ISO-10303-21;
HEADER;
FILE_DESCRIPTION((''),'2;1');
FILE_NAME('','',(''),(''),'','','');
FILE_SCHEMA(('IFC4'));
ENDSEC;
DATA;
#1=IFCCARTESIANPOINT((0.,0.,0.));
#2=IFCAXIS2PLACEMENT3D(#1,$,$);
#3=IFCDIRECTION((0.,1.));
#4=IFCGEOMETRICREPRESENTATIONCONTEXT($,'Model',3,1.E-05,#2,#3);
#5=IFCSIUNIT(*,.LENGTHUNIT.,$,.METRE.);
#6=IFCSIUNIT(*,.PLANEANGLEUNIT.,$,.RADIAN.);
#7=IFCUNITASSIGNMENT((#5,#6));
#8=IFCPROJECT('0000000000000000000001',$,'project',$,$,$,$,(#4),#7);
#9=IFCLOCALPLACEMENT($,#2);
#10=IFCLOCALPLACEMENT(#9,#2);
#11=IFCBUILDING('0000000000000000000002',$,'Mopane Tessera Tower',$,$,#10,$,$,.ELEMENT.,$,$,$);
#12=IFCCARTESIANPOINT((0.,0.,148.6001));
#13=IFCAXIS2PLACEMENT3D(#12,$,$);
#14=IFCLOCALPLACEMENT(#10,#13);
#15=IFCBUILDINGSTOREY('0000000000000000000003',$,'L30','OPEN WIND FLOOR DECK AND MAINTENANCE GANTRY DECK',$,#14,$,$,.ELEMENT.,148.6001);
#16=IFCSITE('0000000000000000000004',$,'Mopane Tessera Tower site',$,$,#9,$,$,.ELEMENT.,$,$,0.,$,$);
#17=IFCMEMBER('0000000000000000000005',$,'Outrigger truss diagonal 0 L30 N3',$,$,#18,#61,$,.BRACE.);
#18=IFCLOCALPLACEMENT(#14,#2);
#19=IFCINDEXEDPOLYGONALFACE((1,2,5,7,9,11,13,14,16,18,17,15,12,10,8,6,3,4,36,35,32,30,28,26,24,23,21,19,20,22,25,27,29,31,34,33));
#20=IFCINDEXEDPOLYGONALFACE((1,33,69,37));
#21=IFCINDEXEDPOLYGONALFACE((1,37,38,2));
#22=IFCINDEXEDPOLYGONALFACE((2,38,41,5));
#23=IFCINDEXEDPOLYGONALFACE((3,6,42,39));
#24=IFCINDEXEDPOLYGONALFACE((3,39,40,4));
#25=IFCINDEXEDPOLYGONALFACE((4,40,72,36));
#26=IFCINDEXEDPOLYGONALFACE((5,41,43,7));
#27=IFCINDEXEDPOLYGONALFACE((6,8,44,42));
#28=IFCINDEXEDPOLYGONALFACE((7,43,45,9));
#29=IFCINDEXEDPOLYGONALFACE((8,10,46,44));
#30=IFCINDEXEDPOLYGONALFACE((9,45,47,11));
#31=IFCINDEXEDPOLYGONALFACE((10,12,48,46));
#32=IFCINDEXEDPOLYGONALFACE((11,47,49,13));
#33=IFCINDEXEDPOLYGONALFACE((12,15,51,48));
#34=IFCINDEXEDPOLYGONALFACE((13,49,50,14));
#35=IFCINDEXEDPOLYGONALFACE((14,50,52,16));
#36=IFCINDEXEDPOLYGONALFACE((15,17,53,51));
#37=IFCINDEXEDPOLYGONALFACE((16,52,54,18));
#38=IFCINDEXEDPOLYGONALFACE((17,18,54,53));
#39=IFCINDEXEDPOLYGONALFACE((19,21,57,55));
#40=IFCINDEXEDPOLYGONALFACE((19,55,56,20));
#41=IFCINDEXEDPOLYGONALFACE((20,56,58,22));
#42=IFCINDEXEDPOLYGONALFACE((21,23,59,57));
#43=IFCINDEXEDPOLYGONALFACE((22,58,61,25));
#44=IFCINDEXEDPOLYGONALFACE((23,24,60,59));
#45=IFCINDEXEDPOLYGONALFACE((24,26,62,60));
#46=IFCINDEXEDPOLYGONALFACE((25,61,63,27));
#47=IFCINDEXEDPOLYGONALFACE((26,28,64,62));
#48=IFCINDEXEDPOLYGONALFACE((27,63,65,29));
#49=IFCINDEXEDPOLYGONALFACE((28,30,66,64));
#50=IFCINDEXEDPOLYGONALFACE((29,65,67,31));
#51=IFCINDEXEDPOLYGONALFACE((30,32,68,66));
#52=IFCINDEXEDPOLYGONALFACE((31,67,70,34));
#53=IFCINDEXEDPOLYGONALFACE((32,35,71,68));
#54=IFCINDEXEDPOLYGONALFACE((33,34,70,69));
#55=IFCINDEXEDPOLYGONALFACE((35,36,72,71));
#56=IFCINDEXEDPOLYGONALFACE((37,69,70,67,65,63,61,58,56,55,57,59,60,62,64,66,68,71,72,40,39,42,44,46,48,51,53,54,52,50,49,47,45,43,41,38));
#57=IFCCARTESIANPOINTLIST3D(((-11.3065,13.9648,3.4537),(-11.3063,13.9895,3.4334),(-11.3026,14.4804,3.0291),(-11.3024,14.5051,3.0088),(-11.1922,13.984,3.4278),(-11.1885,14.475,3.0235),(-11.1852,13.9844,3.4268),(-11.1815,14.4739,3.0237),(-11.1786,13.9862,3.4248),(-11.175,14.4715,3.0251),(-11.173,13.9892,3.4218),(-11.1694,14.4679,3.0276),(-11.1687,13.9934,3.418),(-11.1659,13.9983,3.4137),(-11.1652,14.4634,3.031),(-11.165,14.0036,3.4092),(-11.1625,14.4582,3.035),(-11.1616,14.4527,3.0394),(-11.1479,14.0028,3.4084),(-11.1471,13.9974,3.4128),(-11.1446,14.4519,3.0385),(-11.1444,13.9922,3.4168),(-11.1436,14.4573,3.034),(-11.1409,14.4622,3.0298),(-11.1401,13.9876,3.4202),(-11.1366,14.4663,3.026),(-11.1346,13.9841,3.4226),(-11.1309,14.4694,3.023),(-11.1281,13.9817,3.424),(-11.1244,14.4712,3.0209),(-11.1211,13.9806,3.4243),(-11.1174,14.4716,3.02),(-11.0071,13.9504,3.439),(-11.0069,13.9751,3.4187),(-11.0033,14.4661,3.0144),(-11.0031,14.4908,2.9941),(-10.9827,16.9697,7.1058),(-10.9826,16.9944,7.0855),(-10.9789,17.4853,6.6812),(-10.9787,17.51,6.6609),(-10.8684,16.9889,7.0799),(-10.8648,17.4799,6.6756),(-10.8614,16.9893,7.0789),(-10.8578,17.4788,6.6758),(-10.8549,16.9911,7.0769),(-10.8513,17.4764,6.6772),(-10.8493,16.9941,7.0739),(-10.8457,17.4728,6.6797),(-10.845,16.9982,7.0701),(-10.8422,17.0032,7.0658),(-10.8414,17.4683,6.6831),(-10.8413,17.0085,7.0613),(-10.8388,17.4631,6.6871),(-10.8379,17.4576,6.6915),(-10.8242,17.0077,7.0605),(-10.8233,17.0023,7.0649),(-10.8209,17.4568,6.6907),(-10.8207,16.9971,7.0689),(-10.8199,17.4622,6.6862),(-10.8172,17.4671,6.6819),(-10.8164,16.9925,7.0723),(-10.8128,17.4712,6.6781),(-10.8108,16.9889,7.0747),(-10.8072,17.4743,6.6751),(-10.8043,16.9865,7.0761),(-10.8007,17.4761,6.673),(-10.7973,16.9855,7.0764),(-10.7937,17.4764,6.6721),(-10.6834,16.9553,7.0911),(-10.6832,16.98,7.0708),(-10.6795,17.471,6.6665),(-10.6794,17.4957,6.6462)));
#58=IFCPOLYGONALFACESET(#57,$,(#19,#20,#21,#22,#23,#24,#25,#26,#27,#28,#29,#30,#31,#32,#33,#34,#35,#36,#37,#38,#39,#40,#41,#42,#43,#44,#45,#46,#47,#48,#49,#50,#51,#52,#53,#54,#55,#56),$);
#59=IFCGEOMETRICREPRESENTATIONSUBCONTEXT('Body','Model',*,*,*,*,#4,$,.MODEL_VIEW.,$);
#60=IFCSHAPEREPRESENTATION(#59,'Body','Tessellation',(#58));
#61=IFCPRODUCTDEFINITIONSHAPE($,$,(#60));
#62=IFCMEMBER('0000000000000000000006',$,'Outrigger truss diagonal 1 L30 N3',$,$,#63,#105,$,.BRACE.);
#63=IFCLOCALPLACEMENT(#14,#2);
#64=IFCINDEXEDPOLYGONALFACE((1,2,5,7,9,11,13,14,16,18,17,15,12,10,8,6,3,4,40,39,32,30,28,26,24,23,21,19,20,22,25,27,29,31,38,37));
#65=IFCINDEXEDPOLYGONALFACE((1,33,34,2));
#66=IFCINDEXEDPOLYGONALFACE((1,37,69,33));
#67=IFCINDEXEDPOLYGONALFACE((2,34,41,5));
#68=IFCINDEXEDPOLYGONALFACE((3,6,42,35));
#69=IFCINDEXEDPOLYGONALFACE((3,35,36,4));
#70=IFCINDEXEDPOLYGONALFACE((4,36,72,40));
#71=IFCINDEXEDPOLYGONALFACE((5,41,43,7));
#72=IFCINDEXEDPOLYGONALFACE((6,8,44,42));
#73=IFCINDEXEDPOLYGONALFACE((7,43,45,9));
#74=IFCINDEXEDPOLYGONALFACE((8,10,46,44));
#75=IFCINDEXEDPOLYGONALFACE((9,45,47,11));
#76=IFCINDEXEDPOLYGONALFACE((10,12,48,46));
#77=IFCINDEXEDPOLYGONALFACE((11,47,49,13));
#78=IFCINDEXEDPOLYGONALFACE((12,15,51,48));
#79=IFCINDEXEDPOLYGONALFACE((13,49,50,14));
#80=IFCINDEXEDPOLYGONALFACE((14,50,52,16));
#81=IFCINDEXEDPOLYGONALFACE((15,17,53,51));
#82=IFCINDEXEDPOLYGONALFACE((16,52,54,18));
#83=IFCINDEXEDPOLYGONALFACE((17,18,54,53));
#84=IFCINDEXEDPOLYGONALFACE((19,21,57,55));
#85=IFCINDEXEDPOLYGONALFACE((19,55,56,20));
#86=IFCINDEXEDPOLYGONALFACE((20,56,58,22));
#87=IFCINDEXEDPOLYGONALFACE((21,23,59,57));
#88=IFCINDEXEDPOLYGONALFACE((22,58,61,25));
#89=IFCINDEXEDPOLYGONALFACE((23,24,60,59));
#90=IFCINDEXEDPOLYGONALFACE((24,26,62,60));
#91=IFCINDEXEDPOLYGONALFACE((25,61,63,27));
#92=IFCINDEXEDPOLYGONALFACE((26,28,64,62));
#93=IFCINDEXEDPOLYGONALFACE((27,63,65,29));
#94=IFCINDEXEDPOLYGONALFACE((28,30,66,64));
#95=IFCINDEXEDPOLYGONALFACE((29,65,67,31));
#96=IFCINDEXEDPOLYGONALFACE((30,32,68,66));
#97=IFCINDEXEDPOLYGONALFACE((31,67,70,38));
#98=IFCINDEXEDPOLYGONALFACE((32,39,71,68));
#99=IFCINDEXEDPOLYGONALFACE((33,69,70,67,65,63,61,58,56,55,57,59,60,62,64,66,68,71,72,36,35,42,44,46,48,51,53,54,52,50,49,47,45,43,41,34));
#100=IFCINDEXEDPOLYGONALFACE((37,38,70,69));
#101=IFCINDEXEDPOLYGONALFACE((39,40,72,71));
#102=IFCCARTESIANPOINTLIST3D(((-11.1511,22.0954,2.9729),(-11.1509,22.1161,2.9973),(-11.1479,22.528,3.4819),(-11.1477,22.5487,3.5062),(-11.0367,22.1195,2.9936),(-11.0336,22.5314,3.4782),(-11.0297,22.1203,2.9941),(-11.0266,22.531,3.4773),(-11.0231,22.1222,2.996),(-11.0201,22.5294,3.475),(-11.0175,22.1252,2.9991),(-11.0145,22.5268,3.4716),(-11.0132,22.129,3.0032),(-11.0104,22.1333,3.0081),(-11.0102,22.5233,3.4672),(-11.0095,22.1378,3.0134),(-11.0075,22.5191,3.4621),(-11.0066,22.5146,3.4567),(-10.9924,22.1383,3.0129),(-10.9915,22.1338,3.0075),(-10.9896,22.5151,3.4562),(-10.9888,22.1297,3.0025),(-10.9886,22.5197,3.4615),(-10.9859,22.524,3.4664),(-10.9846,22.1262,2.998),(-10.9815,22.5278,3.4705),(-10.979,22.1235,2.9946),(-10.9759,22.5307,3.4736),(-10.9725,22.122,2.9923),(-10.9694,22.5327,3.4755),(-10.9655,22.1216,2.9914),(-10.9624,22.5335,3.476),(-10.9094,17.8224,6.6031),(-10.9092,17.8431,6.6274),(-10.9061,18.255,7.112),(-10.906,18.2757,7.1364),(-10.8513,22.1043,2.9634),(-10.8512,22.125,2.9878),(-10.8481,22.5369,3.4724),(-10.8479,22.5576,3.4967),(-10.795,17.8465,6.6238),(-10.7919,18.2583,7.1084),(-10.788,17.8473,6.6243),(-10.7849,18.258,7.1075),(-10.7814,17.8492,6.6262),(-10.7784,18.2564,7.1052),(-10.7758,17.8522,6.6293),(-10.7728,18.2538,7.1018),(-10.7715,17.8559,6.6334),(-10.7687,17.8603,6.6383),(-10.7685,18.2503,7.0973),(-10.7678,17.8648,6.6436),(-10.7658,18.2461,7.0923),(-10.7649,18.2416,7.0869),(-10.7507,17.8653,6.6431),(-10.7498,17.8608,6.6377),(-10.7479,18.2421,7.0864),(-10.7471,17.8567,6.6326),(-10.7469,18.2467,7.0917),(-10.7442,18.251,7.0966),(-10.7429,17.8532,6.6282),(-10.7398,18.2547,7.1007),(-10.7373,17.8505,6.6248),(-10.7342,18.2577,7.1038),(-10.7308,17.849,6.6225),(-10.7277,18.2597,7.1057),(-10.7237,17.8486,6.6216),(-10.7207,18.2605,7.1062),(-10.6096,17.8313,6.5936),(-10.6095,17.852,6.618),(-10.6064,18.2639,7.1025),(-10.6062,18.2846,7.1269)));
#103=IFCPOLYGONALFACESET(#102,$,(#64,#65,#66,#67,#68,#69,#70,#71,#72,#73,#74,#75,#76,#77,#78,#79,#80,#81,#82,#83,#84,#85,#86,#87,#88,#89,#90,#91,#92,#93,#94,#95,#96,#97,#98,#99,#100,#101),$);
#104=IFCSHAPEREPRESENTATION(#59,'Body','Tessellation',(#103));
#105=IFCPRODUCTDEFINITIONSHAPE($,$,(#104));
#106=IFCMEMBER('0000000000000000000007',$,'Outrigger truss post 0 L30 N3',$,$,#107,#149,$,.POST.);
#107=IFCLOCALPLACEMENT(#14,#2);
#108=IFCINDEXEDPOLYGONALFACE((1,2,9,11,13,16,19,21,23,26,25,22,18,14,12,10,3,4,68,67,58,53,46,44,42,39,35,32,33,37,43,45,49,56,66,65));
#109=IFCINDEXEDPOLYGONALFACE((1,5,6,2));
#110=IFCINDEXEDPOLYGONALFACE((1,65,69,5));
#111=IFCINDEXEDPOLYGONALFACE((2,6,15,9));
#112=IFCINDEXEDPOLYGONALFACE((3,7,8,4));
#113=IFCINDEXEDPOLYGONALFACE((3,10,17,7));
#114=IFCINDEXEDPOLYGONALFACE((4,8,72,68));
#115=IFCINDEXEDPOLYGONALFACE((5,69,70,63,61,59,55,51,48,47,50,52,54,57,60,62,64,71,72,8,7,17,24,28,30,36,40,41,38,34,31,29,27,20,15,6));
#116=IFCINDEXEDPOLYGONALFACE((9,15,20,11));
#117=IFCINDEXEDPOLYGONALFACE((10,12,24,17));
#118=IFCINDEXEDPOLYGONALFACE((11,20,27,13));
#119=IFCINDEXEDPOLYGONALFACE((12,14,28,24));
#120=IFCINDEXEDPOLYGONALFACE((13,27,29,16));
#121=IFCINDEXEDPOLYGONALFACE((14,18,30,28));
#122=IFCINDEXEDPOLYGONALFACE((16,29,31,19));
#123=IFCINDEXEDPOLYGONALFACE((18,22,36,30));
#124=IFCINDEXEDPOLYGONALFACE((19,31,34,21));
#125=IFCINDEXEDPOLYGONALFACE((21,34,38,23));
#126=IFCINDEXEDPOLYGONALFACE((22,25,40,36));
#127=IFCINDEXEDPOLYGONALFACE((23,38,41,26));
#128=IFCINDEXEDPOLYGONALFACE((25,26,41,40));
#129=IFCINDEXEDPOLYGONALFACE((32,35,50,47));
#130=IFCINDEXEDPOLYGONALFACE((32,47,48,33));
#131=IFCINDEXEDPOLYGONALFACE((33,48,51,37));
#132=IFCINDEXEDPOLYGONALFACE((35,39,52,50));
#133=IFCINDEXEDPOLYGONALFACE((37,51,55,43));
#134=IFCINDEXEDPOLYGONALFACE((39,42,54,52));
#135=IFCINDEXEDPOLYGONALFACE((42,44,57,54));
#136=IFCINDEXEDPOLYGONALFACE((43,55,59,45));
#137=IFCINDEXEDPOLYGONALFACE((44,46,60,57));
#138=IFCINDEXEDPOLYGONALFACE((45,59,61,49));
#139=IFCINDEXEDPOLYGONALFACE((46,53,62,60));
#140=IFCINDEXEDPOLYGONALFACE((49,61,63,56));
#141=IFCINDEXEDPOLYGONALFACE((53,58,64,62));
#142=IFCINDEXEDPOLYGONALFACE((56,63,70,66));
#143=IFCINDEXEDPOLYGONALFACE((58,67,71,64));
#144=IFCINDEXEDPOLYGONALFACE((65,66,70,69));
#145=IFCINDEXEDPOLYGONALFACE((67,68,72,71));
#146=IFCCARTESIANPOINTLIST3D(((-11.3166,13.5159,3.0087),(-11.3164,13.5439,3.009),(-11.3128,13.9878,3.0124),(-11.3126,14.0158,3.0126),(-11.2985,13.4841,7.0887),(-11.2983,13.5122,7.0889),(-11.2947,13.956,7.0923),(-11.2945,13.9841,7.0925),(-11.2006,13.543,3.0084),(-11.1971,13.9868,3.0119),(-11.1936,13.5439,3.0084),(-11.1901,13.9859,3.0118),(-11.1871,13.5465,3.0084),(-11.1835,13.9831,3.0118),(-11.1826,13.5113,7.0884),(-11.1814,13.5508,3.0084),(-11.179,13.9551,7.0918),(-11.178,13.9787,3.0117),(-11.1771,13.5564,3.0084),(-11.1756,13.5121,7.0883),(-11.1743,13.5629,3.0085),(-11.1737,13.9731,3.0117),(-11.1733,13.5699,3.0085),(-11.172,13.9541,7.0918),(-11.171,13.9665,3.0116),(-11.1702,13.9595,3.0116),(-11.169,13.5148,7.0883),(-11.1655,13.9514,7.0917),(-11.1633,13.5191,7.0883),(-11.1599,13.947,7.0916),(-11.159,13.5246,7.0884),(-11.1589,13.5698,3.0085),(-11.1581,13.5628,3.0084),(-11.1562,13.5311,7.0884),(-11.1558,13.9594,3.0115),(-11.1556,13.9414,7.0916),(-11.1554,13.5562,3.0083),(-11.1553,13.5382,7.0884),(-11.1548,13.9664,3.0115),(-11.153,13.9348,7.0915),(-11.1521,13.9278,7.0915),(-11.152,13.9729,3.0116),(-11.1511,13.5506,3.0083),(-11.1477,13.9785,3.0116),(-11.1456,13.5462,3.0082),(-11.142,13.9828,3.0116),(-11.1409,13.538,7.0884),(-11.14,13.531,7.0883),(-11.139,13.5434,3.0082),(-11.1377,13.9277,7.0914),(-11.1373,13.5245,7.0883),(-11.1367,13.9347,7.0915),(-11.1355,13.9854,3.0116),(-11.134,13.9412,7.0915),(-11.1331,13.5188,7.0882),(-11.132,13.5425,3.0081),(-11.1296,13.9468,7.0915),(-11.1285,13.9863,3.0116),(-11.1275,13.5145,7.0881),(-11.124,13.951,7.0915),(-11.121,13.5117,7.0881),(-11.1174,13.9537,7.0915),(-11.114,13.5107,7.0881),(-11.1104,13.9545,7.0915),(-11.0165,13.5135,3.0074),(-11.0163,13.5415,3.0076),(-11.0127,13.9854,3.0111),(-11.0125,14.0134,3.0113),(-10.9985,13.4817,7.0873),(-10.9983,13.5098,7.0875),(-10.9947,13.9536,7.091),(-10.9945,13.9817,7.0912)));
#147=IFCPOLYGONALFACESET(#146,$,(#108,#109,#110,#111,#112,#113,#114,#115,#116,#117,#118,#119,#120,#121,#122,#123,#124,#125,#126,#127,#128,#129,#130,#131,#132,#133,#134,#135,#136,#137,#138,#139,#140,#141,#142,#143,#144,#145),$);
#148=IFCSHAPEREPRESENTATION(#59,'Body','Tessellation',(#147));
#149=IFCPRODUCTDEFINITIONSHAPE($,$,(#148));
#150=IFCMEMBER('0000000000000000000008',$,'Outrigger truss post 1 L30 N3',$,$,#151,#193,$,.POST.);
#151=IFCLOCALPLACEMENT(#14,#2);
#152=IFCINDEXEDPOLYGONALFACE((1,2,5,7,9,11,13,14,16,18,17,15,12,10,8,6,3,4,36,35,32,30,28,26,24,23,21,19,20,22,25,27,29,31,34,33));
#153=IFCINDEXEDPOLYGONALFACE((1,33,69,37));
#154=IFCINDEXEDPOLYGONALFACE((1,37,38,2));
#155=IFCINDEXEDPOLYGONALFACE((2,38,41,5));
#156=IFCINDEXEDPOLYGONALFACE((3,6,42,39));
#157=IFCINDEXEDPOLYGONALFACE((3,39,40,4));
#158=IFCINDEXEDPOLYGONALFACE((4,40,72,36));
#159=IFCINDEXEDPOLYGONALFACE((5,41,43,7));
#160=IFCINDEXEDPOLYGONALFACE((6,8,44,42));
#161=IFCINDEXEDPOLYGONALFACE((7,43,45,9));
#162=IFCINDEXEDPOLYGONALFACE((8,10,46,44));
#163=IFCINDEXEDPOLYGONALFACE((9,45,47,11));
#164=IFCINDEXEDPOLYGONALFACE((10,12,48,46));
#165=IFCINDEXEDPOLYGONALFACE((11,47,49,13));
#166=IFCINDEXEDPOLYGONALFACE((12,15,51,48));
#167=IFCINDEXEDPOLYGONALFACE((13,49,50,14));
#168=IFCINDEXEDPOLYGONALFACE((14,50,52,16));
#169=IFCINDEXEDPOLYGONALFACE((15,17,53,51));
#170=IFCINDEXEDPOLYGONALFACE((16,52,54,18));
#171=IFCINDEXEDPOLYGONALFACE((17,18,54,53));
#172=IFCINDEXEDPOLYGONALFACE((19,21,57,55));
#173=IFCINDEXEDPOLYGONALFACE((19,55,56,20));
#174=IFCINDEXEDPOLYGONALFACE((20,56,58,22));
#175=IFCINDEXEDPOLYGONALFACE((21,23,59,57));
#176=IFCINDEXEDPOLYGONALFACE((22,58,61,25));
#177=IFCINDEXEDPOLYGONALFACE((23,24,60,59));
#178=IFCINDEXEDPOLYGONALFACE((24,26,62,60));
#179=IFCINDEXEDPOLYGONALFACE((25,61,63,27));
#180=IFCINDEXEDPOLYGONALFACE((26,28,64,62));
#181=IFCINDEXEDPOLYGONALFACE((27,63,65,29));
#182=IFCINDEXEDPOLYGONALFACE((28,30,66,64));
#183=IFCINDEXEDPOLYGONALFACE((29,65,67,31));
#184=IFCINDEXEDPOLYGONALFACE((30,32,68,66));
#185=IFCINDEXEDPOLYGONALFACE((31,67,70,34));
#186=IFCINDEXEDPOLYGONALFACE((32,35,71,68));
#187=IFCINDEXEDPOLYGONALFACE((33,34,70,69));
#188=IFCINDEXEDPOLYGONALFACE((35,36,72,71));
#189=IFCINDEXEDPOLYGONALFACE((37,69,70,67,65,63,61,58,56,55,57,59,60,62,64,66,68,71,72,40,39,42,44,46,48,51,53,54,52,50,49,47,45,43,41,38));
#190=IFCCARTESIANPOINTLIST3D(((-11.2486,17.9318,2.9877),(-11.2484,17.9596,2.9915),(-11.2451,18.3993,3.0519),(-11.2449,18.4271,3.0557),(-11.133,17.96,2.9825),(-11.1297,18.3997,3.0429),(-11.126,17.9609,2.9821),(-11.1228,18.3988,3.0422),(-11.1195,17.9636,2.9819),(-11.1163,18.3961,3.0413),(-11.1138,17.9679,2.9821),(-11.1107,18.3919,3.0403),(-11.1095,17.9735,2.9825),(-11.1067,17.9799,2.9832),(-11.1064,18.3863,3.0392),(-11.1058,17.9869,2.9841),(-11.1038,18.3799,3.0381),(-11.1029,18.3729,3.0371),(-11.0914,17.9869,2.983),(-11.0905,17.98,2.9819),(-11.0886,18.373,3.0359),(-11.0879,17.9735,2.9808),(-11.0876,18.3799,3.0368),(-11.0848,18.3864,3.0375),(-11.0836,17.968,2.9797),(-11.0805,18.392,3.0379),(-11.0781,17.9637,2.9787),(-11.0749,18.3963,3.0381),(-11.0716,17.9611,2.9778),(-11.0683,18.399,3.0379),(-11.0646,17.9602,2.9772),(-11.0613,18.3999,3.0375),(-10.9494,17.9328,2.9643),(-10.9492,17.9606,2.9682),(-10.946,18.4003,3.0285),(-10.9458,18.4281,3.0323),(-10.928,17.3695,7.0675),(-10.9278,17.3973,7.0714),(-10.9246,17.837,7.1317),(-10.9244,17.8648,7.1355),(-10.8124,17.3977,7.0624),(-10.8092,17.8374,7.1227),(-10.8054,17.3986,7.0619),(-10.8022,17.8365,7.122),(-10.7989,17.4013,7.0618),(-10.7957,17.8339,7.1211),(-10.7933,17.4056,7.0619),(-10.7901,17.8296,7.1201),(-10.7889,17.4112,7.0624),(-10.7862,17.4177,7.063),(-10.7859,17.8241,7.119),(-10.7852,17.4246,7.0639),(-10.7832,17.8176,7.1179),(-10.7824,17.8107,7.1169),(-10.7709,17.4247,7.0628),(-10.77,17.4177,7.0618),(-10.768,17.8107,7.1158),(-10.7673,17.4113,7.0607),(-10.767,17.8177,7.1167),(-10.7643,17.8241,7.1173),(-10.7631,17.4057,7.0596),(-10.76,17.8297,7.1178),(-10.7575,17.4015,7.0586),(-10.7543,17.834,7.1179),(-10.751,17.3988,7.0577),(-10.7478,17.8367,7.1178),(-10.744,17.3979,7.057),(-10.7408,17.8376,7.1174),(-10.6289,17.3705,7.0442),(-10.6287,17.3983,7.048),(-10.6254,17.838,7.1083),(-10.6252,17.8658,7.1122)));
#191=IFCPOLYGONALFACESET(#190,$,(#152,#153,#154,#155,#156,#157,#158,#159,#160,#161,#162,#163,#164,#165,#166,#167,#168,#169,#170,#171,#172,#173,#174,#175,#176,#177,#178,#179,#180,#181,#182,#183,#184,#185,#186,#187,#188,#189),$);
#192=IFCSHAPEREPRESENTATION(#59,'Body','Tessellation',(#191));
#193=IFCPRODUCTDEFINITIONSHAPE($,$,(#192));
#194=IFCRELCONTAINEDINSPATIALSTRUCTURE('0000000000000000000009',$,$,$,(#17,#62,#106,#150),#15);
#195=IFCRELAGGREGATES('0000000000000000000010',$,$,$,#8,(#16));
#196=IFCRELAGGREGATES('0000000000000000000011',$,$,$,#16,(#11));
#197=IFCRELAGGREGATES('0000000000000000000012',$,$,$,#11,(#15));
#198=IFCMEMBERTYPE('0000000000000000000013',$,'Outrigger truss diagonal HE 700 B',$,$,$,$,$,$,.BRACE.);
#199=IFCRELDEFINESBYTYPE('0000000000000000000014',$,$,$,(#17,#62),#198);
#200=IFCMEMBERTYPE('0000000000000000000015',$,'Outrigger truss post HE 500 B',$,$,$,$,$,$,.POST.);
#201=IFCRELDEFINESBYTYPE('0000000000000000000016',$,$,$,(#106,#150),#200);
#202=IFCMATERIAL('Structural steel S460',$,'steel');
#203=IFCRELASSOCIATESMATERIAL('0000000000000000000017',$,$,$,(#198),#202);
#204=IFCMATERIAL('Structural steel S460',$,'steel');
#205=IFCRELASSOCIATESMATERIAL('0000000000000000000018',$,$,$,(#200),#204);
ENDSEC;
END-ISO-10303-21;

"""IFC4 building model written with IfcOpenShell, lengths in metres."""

from ifc_helpers import new_model, si_unit, direction, frame, origin, origin_2d, place, context, subcontext, project, spatial, i_section, extrude, material, material_profile, profile_set, type_object, element, save


model = new_model("IFC4")

# Units and contexts
model_context = context("Model", 3, precision=1e-05, world=origin(), true_north=direction((0.0, 1.0)))
body_context = subcontext(model_context, "Body", "Model", "MODEL_VIEW")
ifc_project = project(units=[si_unit("LENGTHUNIT", "METRE"), si_unit("PLANEANGLEUNIT", "RADIAN")], contexts=[model_context])

# Site, building, storey
site_placement = place(None, origin())
site = spatial("IfcSite", under=ifc_project, at=site_placement, Name="Mopane Tessera Tower site", CompositionType="ELEMENT", RefElevation=0.0)
building_placement = place(site_placement, origin())
building = spatial("IfcBuilding", under=site, at=building_placement, Name="Mopane Tessera Tower", CompositionType="ELEMENT")
storey_placement = place(building_placement, frame((0.0, 0.0, 148.6001)))
storey = spatial("IfcBuildingStorey", under=building, at=storey_placement, Name="L30", Description="OPEN WIND FLOOR DECK AND MAINTENANCE GANTRY DECK", CompositionType="ELEMENT", Elevation=148.6001)

# Members
ifc_material_1 = material(Name="Structural steel S460", Category="steel")
ifc_material_profile_1 = material_profile(ifc_material_1, i_section(OverallWidth=0.3, OverallDepth=0.7, WebThickness=0.0171, FlangeThickness=0.032, FilletRadius=0.0271, at=origin_2d()))
ifc_profile_set_1 = profile_set([ifc_material_profile_1], Name="Structural steel S460")
member_type_1 = type_object("IfcMemberType", Name="Outrigger truss diagonal HE 700 B", PredefinedType="BRACE", material=ifc_profile_set_1)
member_1_placement = place(storey_placement, frame((-11.1548, 14.2278, 3.2239), z_axis=(0.068291, 0.63388, 0.770411), x_axis=(-0.997649, 0.047854, 0.04906)))
element("IfcMember", 1, at=member_1_placement, inside=storey, type_object=member_type_1, Name="Outrigger truss diagonal 0 L30 N3", PredefinedType="BRACE", context=body_context, shape_type="SweptSolid", body=[
    extrude(i_section(OverallWidth=0.3, OverallDepth=0.7, WebThickness=0.0171, FlangeThickness=0.032, FilletRadius=0.0271, at=origin_2d()), origin(), (0.0, 0.0, 1.0), 4.7405),
])
member_2_placement = place(storey_placement, frame((-10.7578, 18.0535, 6.865), z_axis=(-0.043068, 0.761398, -0.646853), x_axis=(-0.99906, -0.029668, 0.031598)))
element("IfcMember", 2, at=member_2_placement, inside=storey, type_object=member_type_1, Name="Outrigger truss diagonal 1 L30 N3", PredefinedType="BRACE", context=body_context, shape_type="SweptSolid", body=[
    extrude(i_section(OverallWidth=0.3, OverallDepth=0.7, WebThickness=0.0171, FlangeThickness=0.032, FilletRadius=0.0271, at=origin_2d()), origin(), (0.0, 0.0, 1.0), 5.6121),
])
ifc_material_2 = material(Name="Structural steel S460", Category="steel")
ifc_material_profile_2 = material_profile(ifc_material_2, i_section(OverallWidth=0.3, OverallDepth=0.5, WebThickness=0.0144, FlangeThickness=0.0281, FilletRadius=0.0271, at=origin_2d()))
ifc_profile_set_2 = profile_set([ifc_material_profile_2], Name="Structural steel S460")
member_type_2 = type_object("IfcMemberType", Name="Outrigger truss post HE 500 B", PredefinedType="POST", material=ifc_profile_set_2)
member_3_placement = place(storey_placement, frame((-11.1646, 13.7646, 3.01), z_axis=(0.004428, -0.007779, 0.99996), x_axis=(-0.999958, 0.008024, 0.00449)))
element("IfcMember", 3, at=member_3_placement, inside=storey, type_object=member_type_2, Name="Outrigger truss post 0 L30 N3", PredefinedType="POST", context=body_context, shape_type="SweptSolid", body=[
    extrude(i_section(OverallWidth=0.3, OverallDepth=0.5, WebThickness=0.0144, FlangeThickness=0.0281, FilletRadius=0.0271, at=origin_2d()), origin(), (0.0, 0.0, 1.0), 4.0801),
])
member_4_placement = place(storey_placement, frame((-11.0972, 18.1799, 3.01), z_axis=(0.077601, -0.136111, 0.98765), x_axis=(-0.996958, -0.003328, 0.077873)))
element("IfcMember", 4, at=member_4_placement, inside=storey, type_object=member_type_2, Name="Outrigger truss post 1 L30 N3", PredefinedType="POST", context=body_context, shape_type="SweptSolid", body=[
    extrude(i_section(OverallWidth=0.3, OverallDepth=0.5, WebThickness=0.0144, FlangeThickness=0.0281, FilletRadius=0.0271, at=origin_2d()), origin(), (0.0, 0.0, 1.0), 4.1309),
])

save(model, "model.ifc")
